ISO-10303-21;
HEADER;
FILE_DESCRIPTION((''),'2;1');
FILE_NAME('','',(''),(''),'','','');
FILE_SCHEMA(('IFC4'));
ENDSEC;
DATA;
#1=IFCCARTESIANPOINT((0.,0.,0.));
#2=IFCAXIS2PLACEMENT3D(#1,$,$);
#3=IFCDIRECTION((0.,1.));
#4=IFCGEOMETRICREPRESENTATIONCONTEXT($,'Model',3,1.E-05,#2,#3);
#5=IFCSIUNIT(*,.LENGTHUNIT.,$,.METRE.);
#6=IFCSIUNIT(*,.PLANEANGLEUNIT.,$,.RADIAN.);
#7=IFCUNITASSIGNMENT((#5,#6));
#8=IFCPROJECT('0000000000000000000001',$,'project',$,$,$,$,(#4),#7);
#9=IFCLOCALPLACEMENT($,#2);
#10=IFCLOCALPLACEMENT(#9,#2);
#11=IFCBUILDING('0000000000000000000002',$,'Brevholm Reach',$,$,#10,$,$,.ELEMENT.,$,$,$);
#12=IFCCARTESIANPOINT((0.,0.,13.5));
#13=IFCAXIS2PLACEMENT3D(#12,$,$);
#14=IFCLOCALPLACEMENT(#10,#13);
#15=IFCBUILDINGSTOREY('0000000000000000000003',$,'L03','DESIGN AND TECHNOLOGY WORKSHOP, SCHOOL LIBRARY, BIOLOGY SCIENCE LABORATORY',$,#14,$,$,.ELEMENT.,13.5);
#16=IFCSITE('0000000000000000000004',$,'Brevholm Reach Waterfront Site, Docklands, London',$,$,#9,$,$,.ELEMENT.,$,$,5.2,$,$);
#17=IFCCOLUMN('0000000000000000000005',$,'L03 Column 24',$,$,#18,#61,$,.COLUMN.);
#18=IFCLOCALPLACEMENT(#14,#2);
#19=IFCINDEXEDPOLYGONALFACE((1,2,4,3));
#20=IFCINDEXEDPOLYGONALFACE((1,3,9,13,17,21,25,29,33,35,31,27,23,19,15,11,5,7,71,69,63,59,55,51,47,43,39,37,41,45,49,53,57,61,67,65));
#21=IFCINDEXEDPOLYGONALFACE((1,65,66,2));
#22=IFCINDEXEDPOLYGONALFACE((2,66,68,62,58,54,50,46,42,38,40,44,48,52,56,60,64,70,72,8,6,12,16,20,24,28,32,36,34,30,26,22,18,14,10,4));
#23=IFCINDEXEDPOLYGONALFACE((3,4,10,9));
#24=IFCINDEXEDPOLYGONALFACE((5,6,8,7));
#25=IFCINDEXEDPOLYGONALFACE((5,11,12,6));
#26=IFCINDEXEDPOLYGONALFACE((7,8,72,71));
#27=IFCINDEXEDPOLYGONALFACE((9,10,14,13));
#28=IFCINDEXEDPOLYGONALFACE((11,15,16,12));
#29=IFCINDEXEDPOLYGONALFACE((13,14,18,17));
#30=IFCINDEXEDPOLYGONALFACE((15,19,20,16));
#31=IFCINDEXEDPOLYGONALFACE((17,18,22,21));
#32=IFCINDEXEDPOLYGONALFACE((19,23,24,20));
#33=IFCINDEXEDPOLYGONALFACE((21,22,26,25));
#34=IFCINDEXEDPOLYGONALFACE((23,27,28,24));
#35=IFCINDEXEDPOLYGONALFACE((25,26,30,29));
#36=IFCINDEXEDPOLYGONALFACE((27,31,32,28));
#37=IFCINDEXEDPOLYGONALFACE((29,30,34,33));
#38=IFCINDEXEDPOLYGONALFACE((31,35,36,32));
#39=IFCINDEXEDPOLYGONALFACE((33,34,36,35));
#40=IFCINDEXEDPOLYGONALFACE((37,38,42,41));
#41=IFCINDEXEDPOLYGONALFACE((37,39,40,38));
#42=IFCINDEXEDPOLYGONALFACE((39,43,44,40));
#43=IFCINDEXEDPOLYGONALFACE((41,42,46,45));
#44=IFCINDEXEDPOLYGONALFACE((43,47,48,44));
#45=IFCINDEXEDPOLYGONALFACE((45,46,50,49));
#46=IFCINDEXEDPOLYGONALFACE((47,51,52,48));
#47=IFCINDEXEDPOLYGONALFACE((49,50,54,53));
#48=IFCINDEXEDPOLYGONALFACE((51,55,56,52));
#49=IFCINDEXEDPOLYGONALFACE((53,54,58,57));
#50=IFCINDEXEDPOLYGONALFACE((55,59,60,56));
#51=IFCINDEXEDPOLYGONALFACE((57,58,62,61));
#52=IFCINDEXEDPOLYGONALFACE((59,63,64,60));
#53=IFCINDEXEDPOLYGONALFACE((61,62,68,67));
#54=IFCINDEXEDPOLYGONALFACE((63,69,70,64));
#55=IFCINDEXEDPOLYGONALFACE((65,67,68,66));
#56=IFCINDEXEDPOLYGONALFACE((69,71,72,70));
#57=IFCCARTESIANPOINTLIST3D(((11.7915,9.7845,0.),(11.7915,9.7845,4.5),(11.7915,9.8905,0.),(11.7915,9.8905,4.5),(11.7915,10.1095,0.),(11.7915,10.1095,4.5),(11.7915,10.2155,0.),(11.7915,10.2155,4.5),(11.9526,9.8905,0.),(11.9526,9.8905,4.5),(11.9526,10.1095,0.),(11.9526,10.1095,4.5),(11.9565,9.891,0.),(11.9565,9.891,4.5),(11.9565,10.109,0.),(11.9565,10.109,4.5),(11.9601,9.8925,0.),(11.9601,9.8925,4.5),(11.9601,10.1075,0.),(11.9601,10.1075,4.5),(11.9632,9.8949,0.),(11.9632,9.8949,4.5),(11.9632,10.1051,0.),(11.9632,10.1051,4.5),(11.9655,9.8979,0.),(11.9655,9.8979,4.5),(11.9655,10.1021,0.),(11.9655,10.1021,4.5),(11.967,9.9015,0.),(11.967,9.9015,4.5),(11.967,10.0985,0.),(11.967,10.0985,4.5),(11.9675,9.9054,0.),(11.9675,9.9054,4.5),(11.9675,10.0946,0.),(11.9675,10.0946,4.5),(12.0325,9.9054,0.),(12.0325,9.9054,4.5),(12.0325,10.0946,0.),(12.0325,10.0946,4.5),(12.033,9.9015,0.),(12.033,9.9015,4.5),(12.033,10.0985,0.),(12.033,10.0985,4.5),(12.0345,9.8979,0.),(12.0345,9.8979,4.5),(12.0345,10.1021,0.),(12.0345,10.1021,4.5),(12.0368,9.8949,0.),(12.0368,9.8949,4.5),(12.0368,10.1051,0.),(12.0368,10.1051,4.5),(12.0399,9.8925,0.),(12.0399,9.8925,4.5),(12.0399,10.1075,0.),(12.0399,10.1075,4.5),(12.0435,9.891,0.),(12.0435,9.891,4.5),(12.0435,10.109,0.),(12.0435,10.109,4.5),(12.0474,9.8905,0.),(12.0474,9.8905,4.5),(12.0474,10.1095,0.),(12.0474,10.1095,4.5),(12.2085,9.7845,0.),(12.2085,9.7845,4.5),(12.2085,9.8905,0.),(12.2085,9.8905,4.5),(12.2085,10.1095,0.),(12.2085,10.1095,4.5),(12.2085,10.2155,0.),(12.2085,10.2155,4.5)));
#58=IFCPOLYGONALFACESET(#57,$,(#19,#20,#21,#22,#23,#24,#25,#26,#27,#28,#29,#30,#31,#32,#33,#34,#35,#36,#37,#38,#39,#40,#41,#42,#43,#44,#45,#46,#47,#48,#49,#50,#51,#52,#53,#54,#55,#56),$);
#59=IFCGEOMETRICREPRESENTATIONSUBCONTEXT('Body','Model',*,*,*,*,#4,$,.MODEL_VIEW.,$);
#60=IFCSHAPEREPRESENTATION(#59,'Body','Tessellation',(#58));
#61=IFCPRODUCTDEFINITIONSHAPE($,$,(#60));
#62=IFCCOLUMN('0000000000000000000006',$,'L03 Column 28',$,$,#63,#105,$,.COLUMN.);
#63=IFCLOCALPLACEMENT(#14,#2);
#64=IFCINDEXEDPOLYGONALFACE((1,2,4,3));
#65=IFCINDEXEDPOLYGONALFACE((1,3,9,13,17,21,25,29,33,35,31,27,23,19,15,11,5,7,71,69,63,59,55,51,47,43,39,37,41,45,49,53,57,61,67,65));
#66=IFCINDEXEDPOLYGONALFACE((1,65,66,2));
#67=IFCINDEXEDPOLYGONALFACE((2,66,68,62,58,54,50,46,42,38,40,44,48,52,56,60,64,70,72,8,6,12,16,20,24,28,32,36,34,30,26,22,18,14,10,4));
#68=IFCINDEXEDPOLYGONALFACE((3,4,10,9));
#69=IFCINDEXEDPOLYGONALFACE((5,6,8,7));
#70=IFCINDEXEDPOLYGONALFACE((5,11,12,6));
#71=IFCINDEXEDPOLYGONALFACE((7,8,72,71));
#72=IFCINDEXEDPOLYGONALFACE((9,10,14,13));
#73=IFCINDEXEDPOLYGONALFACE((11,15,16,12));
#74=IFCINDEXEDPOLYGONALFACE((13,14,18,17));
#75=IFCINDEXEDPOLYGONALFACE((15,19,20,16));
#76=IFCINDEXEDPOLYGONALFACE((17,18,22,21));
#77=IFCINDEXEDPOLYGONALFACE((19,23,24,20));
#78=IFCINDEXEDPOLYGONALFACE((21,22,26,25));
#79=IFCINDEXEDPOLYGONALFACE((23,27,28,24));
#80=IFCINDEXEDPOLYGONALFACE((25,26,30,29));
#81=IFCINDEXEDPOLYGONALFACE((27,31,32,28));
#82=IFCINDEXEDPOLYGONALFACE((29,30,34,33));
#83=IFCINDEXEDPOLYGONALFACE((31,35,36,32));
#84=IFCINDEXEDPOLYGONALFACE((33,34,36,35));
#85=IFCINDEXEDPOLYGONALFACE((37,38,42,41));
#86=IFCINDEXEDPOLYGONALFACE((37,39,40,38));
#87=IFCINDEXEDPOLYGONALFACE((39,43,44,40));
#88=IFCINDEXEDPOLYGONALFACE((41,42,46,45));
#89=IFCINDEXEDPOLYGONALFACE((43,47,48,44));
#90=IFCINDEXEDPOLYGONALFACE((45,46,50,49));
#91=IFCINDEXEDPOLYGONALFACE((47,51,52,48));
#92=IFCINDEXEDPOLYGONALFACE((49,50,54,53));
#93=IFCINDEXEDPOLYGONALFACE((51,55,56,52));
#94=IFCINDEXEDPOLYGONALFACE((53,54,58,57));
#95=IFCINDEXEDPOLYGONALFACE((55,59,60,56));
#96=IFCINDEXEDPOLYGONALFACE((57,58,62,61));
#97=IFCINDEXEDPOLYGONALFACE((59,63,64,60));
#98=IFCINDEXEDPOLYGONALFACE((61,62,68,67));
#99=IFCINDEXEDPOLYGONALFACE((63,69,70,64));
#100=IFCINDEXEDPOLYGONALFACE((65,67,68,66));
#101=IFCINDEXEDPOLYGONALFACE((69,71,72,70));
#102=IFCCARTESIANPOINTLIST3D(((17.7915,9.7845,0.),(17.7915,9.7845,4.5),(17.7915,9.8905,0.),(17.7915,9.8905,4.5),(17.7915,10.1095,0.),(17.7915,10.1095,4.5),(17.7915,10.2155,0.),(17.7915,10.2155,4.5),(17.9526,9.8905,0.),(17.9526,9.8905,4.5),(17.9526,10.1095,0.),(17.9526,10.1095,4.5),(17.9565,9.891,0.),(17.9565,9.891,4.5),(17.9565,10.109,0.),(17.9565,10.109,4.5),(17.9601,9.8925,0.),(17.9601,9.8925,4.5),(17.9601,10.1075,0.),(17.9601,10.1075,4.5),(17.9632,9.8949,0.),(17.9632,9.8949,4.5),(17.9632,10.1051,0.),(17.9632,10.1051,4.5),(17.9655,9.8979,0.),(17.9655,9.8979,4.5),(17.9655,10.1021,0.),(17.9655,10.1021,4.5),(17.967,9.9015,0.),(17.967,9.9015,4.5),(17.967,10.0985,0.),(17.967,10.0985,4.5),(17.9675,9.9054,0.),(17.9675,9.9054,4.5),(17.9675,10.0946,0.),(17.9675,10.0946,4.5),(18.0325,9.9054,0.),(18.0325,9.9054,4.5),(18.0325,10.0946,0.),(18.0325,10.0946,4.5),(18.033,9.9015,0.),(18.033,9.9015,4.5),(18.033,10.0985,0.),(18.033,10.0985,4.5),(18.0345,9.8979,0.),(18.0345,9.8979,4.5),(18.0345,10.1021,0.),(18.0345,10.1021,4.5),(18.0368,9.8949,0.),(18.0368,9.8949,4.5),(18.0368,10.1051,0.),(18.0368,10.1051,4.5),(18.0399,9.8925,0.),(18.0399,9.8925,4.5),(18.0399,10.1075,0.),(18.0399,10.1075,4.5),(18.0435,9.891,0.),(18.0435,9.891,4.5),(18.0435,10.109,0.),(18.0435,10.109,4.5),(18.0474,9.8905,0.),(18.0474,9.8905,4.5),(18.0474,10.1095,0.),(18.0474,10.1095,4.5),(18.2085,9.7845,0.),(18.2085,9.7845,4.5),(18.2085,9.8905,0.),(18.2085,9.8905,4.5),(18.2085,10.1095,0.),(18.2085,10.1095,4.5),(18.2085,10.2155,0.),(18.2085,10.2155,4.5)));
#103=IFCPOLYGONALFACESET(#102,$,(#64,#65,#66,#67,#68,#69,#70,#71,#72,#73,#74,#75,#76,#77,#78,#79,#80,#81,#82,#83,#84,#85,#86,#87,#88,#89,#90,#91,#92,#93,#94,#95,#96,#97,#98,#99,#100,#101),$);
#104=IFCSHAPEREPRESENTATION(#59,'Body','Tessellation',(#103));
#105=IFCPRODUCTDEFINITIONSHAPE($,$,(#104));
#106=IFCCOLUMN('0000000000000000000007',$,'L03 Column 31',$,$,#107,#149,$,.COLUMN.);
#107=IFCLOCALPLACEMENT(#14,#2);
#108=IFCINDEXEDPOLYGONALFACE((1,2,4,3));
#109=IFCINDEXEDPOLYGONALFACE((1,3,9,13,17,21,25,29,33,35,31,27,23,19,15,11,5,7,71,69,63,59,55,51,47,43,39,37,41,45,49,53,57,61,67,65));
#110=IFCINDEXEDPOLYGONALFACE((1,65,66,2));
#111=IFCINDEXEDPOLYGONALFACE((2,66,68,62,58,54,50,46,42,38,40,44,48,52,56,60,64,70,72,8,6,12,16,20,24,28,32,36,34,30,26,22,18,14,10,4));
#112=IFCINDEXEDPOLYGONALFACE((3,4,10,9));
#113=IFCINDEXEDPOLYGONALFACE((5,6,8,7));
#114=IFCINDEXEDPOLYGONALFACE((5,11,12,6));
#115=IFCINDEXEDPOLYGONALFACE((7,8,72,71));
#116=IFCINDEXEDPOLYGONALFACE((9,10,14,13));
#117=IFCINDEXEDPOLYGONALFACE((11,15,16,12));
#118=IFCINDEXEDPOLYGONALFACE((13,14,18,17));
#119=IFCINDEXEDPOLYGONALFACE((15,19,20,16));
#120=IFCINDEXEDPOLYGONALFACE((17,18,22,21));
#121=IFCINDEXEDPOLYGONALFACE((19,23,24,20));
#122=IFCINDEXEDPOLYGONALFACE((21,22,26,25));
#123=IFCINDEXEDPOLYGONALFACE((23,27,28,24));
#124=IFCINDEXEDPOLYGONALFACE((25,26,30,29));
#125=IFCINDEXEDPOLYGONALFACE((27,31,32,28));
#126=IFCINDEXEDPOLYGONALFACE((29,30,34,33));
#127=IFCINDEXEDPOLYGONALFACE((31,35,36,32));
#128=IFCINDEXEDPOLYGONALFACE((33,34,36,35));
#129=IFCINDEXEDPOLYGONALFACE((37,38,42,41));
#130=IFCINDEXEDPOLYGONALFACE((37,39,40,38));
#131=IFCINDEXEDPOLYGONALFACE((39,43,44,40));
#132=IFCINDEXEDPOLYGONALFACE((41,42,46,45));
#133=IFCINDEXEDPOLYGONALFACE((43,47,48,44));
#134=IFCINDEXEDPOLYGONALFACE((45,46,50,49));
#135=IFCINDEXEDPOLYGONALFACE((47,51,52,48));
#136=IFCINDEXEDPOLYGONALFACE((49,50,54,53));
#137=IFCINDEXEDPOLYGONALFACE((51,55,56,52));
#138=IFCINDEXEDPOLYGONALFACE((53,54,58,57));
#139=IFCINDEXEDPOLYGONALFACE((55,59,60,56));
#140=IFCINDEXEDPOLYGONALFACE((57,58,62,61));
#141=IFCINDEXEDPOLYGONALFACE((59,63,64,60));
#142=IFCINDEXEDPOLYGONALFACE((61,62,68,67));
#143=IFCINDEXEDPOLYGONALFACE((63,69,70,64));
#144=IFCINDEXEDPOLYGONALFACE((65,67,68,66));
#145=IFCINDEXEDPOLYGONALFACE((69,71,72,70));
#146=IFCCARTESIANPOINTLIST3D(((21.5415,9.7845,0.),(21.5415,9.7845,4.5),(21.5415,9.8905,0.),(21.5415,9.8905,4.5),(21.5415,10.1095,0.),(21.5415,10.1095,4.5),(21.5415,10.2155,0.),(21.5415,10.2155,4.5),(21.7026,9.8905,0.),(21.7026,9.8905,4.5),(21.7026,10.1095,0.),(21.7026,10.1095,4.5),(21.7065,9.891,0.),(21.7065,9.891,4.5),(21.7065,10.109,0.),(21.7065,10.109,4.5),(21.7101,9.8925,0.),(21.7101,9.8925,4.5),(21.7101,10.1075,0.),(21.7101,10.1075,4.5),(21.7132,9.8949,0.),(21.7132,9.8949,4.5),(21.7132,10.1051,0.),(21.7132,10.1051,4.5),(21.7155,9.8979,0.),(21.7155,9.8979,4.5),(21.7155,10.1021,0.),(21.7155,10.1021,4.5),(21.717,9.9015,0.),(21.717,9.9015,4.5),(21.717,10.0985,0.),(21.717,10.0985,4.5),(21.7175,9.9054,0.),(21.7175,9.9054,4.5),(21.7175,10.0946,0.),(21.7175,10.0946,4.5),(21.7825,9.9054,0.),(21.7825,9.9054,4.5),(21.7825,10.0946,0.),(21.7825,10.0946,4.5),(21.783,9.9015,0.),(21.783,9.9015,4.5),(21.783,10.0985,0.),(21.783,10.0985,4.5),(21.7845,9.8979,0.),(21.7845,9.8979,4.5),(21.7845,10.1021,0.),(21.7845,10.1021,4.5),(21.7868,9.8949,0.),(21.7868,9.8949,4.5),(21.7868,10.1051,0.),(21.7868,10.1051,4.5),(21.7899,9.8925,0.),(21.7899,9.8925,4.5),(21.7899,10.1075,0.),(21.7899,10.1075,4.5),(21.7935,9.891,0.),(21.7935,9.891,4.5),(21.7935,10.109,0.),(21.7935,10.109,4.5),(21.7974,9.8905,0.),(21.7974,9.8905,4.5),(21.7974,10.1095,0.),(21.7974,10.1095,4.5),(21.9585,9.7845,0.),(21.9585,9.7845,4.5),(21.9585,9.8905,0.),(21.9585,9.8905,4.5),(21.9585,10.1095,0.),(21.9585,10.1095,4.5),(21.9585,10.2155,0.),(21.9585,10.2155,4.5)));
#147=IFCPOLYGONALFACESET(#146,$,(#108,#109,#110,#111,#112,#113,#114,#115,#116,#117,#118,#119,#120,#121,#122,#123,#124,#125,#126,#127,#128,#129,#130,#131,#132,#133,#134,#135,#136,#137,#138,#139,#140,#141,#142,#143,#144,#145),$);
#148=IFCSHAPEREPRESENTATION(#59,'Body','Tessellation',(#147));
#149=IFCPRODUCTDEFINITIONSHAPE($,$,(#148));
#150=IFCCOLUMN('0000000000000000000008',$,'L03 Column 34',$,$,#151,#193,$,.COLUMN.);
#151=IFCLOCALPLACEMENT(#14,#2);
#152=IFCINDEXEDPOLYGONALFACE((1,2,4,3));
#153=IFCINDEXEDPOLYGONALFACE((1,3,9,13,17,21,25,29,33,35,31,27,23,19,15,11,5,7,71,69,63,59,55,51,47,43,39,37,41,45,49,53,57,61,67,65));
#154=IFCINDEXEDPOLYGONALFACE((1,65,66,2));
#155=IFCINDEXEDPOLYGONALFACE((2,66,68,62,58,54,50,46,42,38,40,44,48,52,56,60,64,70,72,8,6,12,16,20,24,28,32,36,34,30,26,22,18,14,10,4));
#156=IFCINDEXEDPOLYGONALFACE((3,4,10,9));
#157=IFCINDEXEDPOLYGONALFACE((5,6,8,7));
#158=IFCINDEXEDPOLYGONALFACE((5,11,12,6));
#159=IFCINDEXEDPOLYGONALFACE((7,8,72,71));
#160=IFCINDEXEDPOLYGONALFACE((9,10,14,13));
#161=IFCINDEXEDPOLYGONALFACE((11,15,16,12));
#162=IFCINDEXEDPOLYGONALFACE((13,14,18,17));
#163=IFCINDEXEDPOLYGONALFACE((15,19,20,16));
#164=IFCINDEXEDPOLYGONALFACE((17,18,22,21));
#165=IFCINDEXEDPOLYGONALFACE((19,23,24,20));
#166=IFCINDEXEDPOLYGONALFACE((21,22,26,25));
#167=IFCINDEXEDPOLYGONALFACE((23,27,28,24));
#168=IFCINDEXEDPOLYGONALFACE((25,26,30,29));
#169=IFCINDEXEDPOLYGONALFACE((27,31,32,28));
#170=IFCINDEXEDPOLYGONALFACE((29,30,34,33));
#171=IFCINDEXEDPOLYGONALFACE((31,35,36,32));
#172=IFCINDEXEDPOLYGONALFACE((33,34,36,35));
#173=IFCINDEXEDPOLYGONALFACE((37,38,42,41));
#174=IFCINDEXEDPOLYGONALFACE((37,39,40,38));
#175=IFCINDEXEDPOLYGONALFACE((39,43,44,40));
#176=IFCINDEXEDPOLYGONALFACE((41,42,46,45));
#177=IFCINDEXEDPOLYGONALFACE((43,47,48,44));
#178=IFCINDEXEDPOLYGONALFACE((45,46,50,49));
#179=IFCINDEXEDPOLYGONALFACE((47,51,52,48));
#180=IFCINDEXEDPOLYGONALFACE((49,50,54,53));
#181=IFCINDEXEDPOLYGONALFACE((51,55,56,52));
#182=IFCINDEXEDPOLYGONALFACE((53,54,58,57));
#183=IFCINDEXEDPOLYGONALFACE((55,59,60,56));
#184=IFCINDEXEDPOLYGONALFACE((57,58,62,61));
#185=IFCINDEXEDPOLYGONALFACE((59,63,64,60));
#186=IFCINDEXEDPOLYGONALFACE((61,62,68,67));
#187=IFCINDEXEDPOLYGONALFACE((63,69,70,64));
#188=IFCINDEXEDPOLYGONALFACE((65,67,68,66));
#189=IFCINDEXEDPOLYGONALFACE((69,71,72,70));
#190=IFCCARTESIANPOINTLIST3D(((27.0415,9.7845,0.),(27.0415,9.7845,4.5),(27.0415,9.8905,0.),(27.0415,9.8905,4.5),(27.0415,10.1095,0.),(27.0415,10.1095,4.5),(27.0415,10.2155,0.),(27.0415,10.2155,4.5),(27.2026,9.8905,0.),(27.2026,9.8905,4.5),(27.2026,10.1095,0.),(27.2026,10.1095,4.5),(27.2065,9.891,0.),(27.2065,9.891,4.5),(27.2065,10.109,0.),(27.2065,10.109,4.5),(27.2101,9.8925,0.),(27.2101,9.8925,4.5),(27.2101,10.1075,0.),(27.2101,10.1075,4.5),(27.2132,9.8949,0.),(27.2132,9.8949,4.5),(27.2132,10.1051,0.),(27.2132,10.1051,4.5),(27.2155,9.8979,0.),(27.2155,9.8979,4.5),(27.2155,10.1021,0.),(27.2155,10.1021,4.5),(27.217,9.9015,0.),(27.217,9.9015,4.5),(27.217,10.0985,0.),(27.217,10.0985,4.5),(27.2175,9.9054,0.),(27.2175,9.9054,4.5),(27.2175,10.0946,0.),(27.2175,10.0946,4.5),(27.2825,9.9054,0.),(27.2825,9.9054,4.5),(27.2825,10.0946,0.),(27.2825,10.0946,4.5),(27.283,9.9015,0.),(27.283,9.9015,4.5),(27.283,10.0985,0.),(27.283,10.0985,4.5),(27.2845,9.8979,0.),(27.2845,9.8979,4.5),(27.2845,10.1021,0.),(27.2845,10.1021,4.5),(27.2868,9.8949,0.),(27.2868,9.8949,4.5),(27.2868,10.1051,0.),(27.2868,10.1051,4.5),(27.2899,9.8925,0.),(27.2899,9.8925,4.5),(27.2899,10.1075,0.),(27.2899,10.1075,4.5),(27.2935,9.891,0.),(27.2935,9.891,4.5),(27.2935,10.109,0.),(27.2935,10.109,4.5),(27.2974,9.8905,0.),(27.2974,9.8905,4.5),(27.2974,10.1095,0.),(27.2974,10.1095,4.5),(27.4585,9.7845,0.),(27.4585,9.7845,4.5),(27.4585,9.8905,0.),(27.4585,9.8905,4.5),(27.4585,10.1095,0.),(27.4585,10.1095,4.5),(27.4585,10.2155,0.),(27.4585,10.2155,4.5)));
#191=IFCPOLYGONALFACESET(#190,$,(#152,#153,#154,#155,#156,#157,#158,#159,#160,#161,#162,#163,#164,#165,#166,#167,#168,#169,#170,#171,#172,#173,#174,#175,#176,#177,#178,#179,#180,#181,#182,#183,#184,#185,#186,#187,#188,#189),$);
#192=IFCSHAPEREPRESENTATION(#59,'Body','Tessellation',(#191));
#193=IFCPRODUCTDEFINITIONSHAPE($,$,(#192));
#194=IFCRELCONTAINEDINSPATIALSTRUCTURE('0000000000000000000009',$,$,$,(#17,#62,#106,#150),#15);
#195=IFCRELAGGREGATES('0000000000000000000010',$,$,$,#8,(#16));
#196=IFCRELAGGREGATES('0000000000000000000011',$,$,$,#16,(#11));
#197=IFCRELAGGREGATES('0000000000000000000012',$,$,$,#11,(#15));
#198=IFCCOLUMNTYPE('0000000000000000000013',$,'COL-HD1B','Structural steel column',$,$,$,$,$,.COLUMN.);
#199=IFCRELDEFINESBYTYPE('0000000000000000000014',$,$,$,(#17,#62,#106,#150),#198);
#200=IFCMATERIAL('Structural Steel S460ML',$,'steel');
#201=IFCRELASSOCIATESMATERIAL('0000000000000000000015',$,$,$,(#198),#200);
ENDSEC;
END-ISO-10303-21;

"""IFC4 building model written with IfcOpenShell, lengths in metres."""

from ifc_helpers import new_model, si_unit, direction, frame, origin, origin_2d, place, context, subcontext, project, spatial, i_section, extrude, material, material_profile, profile_set, type_object, element, save


model = new_model("IFC4")

# Units and contexts
model_context = context("Model", 3, precision=1e-05, world=origin(), true_north=direction((0.0, 1.0)))
body_context = subcontext(model_context, "Body", "Model", "MODEL_VIEW")
ifc_project = project(units=[si_unit("LENGTHUNIT", "METRE"), si_unit("PLANEANGLEUNIT", "RADIAN")], contexts=[model_context])

# Site, building, storey
site_placement = place(None, origin())
site = spatial("IfcSite", under=ifc_project, at=site_placement, Name="Brevholm Reach Waterfront Site, Docklands, London", CompositionType="ELEMENT", RefElevation=5.2)
building_placement = place(site_placement, origin())
building = spatial("IfcBuilding", under=site, at=building_placement, Name="Brevholm Reach", CompositionType="ELEMENT")
storey_placement = place(building_placement, frame((0.0, 0.0, 13.5)))
storey = spatial("IfcBuildingStorey", under=building, at=storey_placement, Name="L03", Description="DESIGN AND TECHNOLOGY WORKSHOP, SCHOOL LIBRARY, BIOLOGY SCIENCE LABORATORY", CompositionType="ELEMENT", Elevation=13.5)

# Columns
ifc_material_1 = material(Name="Structural Steel S460ML", Category="steel")
ifc_material_profile_1 = material_profile(ifc_material_1, i_section(OverallWidth=0.417, OverallDepth=0.4309, WebThickness=0.0649, FlangeThickness=0.106, FilletRadius=0.0149, at=origin_2d()), Name="HD 400x900")
ifc_profile_set_1 = profile_set([ifc_material_profile_1], Name="Structural Steel S460ML")
column_type = type_object("IfcColumnType", Name="COL-HD1B", Description="Structural steel column", PredefinedType="COLUMN", material=ifc_profile_set_1)
for number, where, z_axis, x_axis, name in (
    (1, (12.0, 10.0, 0.0), (0.0, 0.0, 1.0), (1.0, 0.0, 0.0), "L03 Column 24"),
    (2, (18.0, 10.0, 0.0), (0.0, 0.0, 1.0), (1.0, 0.0, 0.0), "L03 Column 28"),
    (3, (21.75, 10.0, 0.0), (0.0, 0.0, 1.0), (1.0, 0.0, 0.0), "L03 Column 31"),
    (4, (27.25, 10.0, 0.0), (0.0, 0.0, 1.0), (1.0, 0.0, 0.0), "L03 Column 34"),
):
    element("IfcColumn", number, at=place(storey_placement, frame(where, z_axis=z_axis, x_axis=x_axis)), inside=storey, type_object=column_type, Name=name, PredefinedType="COLUMN", context=body_context, shape_type="SweptSolid", body=[
        extrude(i_section(OverallWidth=0.417, OverallDepth=0.4309, WebThickness=0.0649, FlangeThickness=0.106, FilletRadius=0.0149, at=origin_2d()), origin(), (0.0, 0.0, 1.0), 4.5),
    ])

save(model, "model.ifc")
